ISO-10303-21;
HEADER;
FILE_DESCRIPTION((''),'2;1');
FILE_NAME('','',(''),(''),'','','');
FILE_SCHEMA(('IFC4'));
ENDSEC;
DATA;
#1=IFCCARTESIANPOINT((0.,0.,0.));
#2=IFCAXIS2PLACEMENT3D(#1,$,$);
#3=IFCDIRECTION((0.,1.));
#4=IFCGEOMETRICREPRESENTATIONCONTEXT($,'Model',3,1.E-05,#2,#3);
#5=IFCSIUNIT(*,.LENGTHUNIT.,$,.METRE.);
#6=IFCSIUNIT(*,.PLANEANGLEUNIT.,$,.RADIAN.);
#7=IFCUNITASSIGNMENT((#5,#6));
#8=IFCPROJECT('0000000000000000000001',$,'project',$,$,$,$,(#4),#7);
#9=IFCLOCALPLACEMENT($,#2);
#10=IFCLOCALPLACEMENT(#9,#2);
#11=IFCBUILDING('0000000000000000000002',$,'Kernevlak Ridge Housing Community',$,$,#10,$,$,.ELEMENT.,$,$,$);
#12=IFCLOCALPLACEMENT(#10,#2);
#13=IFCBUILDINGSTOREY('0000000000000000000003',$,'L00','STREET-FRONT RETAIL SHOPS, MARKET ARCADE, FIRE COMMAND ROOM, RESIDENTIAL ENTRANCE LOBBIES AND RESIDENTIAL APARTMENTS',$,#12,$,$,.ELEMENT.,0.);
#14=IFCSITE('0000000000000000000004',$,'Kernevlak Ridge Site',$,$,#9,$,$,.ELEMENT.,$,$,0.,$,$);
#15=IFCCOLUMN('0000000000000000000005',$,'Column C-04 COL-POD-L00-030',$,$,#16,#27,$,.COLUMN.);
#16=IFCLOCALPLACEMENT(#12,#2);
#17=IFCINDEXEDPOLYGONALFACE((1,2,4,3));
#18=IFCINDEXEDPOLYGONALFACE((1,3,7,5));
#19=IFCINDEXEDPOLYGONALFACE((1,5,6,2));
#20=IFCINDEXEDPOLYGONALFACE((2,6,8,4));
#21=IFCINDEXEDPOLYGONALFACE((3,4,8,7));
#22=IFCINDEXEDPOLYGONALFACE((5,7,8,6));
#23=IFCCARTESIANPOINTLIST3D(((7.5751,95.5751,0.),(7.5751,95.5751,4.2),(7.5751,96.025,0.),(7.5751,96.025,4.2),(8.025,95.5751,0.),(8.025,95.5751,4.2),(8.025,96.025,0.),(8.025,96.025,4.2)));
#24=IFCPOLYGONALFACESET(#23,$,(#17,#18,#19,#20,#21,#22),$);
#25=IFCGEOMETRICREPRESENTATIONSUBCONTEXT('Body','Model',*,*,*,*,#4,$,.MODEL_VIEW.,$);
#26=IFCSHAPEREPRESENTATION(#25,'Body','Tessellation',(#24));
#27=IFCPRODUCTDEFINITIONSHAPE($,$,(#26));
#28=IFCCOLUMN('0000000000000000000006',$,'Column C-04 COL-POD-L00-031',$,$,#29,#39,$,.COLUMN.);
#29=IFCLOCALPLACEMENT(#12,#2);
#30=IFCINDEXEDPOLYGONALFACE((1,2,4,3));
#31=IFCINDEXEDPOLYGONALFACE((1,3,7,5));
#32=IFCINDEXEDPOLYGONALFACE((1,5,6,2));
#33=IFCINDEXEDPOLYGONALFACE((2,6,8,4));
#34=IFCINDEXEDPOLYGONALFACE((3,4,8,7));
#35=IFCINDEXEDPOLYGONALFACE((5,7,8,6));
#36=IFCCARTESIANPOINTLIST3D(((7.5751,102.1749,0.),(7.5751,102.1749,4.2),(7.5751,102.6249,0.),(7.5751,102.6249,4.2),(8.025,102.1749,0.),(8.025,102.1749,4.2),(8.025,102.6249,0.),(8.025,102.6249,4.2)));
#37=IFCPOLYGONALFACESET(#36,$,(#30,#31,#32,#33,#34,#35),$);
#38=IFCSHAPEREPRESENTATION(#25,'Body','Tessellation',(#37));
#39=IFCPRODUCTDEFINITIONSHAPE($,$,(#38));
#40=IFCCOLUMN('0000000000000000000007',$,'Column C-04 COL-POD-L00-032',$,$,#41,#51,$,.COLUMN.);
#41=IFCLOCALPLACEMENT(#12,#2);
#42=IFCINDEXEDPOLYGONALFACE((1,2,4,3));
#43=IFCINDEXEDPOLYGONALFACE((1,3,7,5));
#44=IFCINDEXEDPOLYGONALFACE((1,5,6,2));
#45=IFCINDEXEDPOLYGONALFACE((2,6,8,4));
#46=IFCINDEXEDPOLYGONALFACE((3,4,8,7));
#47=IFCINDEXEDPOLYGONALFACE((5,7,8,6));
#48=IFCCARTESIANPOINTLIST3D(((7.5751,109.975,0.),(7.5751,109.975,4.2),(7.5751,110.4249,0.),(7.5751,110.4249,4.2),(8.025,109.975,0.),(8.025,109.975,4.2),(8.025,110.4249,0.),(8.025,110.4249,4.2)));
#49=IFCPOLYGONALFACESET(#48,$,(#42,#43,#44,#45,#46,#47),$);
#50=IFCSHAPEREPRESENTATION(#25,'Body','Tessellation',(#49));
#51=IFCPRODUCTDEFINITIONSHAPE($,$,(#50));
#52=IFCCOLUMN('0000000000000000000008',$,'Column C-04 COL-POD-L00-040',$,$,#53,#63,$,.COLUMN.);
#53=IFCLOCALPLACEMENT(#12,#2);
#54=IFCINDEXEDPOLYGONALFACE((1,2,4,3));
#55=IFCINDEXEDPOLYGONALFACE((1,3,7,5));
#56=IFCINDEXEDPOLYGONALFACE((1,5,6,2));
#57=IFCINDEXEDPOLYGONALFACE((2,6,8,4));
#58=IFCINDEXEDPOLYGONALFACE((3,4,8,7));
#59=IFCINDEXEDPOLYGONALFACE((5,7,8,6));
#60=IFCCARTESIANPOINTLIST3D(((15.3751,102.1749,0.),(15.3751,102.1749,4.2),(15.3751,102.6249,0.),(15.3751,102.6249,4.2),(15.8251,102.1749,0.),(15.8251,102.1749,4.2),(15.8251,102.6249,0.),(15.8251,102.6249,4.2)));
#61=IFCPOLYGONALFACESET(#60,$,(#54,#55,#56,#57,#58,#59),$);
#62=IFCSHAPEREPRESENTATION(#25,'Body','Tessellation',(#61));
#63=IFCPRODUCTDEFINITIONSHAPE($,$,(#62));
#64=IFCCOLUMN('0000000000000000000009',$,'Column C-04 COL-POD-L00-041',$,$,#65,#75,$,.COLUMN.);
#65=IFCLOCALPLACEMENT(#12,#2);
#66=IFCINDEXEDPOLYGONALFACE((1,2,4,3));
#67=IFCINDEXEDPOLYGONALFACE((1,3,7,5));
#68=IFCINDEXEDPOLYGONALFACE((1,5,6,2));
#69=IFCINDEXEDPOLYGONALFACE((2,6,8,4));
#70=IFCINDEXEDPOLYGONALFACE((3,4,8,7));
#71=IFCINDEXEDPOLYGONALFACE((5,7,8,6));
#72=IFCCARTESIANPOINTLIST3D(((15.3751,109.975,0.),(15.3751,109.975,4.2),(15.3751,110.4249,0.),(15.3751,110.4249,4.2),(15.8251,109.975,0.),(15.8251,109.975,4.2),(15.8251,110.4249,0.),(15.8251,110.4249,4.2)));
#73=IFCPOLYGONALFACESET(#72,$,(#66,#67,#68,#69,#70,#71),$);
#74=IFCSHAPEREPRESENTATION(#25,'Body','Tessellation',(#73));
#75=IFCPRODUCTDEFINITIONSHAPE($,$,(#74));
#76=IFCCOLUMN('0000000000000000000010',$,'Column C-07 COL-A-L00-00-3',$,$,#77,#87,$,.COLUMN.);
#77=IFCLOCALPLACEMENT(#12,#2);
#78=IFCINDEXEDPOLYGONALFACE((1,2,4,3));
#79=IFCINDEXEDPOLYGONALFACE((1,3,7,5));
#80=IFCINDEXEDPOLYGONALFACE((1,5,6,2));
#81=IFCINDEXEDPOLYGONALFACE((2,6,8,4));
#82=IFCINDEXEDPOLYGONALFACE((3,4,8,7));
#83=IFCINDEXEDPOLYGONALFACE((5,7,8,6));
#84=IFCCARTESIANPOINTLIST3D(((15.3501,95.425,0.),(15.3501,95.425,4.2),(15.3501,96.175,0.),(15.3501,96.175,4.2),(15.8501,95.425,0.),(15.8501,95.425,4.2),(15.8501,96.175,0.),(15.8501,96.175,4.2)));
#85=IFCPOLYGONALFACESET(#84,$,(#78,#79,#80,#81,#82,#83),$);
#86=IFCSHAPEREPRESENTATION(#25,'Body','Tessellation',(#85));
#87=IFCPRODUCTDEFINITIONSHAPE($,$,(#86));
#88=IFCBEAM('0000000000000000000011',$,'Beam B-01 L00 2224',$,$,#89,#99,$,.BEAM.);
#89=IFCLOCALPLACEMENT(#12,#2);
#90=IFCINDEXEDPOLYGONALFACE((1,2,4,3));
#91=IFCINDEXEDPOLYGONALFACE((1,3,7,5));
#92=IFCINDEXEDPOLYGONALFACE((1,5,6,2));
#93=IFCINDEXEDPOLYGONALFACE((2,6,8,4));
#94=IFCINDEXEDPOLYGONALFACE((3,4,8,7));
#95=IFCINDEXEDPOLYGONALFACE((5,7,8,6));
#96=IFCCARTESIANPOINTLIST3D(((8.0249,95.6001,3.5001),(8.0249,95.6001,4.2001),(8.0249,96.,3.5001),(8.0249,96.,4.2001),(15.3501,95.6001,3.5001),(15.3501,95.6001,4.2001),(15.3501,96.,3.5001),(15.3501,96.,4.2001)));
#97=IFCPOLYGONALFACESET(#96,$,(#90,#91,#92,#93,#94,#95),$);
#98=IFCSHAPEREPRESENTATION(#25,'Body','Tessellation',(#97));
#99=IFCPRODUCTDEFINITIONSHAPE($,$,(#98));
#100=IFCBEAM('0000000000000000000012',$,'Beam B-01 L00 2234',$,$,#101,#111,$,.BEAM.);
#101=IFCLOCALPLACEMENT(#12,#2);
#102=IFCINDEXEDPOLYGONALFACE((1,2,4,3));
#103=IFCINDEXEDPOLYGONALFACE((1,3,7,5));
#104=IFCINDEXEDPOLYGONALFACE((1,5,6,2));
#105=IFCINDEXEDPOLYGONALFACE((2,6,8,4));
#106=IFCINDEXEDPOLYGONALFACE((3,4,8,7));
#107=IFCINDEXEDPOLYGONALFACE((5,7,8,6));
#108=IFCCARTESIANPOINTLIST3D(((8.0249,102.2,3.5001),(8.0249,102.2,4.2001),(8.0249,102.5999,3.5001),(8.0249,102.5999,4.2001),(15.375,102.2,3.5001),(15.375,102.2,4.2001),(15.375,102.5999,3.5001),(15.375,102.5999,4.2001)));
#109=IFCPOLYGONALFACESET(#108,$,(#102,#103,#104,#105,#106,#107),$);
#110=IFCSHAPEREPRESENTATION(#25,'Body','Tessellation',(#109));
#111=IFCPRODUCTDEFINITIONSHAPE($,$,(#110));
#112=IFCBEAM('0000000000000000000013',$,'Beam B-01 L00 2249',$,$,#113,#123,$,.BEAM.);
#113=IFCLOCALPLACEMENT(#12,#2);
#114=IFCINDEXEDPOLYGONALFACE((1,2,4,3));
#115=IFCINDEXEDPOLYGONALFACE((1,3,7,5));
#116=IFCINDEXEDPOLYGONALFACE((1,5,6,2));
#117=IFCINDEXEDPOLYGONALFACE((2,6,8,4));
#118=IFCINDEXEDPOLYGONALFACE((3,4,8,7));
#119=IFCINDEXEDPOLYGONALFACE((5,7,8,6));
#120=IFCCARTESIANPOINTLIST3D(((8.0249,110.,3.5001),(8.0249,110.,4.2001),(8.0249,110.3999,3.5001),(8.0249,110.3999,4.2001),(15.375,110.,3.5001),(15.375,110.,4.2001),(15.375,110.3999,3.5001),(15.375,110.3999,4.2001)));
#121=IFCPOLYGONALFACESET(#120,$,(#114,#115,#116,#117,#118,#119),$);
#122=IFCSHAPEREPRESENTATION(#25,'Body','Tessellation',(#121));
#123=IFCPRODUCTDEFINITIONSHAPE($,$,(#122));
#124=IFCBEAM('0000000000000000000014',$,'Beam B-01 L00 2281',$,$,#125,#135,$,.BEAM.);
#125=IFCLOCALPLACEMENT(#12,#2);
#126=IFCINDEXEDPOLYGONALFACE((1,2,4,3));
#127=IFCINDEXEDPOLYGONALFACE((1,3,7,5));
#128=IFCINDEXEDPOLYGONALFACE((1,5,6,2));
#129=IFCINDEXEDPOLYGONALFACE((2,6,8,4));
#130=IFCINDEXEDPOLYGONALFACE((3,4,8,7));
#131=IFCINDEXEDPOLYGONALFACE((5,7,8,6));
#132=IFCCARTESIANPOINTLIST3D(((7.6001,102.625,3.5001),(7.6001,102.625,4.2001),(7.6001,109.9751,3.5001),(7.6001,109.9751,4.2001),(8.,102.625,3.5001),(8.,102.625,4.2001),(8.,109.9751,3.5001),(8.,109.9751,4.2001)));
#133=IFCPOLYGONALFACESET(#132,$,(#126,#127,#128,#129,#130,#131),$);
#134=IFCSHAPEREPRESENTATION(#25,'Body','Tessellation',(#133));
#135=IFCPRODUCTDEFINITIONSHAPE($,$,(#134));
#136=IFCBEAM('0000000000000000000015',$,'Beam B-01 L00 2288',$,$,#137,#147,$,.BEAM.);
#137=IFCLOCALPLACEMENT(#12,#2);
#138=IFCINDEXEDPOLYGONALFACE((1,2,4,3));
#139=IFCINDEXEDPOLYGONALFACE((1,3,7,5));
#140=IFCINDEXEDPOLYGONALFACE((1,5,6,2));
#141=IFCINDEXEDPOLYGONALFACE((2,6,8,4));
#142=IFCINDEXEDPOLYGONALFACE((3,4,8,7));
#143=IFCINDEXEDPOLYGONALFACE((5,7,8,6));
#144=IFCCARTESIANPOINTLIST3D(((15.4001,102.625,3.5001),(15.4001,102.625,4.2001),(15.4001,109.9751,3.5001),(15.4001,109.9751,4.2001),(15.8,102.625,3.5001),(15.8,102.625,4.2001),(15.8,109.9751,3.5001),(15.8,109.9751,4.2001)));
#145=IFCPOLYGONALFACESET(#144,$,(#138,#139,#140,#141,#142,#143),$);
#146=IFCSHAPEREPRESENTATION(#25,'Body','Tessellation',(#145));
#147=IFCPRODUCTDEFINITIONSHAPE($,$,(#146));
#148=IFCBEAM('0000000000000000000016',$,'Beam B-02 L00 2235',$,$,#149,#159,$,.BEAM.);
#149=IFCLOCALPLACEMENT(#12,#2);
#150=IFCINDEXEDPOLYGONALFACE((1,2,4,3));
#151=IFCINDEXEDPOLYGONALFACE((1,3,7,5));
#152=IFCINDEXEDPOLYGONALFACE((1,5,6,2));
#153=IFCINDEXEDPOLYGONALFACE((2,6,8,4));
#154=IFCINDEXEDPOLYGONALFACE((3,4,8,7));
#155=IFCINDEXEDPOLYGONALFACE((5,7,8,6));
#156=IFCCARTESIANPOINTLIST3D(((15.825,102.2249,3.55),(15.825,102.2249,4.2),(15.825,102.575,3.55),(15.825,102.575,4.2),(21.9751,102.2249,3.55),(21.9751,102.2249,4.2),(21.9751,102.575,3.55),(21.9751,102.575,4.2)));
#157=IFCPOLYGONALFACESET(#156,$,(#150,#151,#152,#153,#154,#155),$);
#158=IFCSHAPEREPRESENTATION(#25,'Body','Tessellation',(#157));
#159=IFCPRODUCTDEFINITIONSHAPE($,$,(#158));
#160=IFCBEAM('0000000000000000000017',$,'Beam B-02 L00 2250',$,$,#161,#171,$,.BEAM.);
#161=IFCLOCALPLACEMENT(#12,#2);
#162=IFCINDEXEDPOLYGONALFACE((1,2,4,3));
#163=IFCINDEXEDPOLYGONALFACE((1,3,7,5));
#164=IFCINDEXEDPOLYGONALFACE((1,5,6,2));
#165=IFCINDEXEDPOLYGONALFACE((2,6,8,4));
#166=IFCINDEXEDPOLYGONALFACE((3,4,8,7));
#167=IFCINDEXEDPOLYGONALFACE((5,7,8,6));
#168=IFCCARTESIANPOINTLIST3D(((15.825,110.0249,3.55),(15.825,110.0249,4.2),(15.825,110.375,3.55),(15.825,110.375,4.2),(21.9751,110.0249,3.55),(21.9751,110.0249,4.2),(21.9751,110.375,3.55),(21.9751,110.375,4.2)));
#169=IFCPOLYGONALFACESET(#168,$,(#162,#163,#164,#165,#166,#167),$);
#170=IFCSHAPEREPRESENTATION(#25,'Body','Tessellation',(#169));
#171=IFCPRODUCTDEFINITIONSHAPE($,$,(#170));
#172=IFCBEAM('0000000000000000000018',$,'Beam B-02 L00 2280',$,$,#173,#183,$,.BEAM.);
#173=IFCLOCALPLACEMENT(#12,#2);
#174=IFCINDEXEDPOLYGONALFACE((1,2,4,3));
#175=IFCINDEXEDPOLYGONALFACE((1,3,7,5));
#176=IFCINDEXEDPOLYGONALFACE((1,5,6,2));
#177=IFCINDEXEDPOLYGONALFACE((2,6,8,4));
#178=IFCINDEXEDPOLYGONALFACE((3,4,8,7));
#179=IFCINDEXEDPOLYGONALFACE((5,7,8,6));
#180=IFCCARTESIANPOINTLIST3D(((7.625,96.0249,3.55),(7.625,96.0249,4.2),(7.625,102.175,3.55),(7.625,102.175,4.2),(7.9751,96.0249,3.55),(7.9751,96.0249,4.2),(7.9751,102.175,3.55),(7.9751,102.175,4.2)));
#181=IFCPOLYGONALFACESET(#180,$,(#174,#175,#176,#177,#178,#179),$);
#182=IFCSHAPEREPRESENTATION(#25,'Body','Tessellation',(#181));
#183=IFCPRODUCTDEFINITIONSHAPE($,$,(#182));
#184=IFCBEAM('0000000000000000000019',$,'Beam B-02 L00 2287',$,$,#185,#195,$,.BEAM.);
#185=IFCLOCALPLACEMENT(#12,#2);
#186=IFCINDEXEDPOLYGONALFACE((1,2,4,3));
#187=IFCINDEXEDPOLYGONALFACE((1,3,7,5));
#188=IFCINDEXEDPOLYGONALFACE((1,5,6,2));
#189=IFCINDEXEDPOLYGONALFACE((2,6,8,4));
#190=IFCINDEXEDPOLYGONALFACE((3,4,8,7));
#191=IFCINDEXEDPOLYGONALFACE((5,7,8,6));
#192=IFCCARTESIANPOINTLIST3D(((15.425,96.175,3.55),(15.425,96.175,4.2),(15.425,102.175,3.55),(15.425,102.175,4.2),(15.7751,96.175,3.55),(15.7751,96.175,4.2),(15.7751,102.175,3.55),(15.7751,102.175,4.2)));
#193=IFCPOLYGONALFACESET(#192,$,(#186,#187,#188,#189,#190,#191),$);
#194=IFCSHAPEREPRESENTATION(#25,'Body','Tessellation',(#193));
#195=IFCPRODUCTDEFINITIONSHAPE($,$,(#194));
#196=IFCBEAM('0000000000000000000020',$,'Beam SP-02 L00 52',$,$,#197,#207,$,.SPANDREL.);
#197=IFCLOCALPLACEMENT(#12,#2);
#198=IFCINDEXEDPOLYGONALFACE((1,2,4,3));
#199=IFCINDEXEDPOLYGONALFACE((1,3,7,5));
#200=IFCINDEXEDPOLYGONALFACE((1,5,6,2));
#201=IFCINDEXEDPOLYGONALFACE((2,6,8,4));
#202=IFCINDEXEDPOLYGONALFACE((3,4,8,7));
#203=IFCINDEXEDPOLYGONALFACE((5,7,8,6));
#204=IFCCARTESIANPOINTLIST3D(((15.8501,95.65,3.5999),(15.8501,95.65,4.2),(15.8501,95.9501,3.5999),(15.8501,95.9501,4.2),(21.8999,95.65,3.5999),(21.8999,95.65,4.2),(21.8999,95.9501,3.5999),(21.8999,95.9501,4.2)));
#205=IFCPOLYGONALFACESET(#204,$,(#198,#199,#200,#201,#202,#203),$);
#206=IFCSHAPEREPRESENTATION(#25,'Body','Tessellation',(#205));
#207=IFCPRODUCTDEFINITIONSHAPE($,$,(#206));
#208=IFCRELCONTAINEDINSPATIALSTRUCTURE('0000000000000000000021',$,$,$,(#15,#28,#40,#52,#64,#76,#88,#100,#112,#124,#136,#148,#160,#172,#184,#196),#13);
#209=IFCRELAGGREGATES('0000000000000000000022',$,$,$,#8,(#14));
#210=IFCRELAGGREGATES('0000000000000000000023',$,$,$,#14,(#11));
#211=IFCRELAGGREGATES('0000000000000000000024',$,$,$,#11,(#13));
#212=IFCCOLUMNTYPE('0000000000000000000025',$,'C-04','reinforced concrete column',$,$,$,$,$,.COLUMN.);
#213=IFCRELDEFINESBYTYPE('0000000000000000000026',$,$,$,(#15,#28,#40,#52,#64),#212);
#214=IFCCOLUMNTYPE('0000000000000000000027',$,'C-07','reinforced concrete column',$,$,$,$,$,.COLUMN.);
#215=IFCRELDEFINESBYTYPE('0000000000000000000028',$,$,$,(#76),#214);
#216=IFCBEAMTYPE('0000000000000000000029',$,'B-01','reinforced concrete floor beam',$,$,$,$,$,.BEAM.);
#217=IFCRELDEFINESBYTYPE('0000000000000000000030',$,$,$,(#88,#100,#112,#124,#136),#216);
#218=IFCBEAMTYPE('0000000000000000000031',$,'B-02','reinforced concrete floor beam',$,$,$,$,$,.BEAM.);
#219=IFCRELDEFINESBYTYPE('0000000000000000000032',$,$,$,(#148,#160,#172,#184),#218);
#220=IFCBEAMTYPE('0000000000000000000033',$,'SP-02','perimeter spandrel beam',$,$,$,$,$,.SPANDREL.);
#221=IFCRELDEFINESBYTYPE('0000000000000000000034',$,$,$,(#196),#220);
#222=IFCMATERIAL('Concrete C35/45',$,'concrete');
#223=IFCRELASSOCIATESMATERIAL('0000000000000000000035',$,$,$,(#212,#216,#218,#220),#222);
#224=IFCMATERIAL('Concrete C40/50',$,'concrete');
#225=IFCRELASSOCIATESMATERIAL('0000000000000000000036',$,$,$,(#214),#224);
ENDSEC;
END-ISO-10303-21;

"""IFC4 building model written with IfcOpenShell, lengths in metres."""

from ifc_helpers import new_model, si_unit, direction, frame, origin, origin_2d, place, context, subcontext, project, spatial, rectangle, extrude, material, material_profile, profile_set, type_object, element, save


model = new_model("IFC4")

# Units and contexts
model_context = context("Model", 3, precision=1e-05, world=origin(), true_north=direction((0.0, 1.0)))
body_context = subcontext(model_context, "Body", "Model", "MODEL_VIEW")
ifc_project = project(units=[si_unit("LENGTHUNIT", "METRE"), si_unit("PLANEANGLEUNIT", "RADIAN")], contexts=[model_context])

# Site, building, storey
site_placement = place(None, origin())
site = spatial("IfcSite", under=ifc_project, at=site_placement, Name="Kernevlak Ridge Site", CompositionType="ELEMENT", RefElevation=0.0)
building_placement = place(site_placement, origin())
building = spatial("IfcBuilding", under=site, at=building_placement, Name="Kernevlak Ridge Housing Community", CompositionType="ELEMENT")
storey_placement = place(building_placement, origin())
storey = spatial("IfcBuildingStorey", under=building, at=storey_placement, Name="L00", Description="STREET-FRONT RETAIL SHOPS, MARKET ARCADE, FIRE COMMAND ROOM, RESIDENTIAL ENTRANCE LOBBIES AND RESIDENTIAL APARTMENTS", CompositionType="ELEMENT", Elevation=0.0)

# Columns
ifc_material_1 = material(Name="Concrete C35/45", Category="concrete")
ifc_material_profile_1 = material_profile(ifc_material_1, rectangle(XDim=0.45, YDim=0.45, at=origin_2d()), Name="RC 450x450")
ifc_profile_set_1 = profile_set([ifc_material_profile_1], Name="Concrete C35/45")
column_type_1 = type_object("IfcColumnType", Name="C-04", Description="reinforced concrete column", PredefinedType="COLUMN", material=ifc_profile_set_1)
for number, where, z_axis, x_axis, name in (
    (1, (7.8, 95.8, 0.0), (0.0, 0.0, 1.0), (1.0, 0.0, 0.0), "Column C-04 COL-POD-L00-030"),
    (2, (7.8, 102.3999, 0.0), (0.0, 0.0, 1.0), (1.0, 0.0, 0.0), "Column C-04 COL-POD-L00-031"),
    (3, (7.8, 110.2, 0.0), (0.0, 0.0, 1.0), (1.0, 0.0, 0.0), "Column C-04 COL-POD-L00-032"),
    (4, (15.6001, 102.3999, 0.0), (0.0, 0.0, 1.0), (1.0, 0.0, 0.0), "Column C-04 COL-POD-L00-040"),
    (5, (15.6001, 110.2, 0.0), (0.0, 0.0, 1.0), (1.0, 0.0, 0.0), "Column C-04 COL-POD-L00-041"),
):
    element("IfcColumn", number, at=place(storey_placement, frame(where, z_axis=z_axis, x_axis=x_axis)), inside=storey, type_object=column_type_1, Name=name, PredefinedType="COLUMN", context=body_context, shape_type="SweptSolid", body=[
        extrude(rectangle(XDim=0.45, YDim=0.45, at=origin_2d()), origin(), (0.0, 0.0, 1.0), 4.2),
    ])
ifc_material_2 = material(Name="Concrete C40/50", Category="concrete")
ifc_material_profile_2 = material_profile(ifc_material_2, rectangle(XDim=0.5, YDim=0.75, at=origin_2d()), Name="RC 500x750")
ifc_profile_set_2 = profile_set([ifc_material_profile_2], Name="Concrete C40/50")
column_type_2 = type_object("IfcColumnType", Name="C-07", Description="reinforced concrete column", PredefinedType="COLUMN", material=ifc_profile_set_2)
column_placement = place(storey_placement, frame((15.6001, 95.8, 0.0), z_axis=(0.0, 0.0, 1.0), x_axis=(1.0, 0.0, 0.0)))
element("IfcColumn", 6, at=column_placement, inside=storey, type_object=column_type_2, Name="Column C-07 COL-A-L00-00-3", PredefinedType="COLUMN", context=body_context, shape_type="SweptSolid", body=[
    extrude(rectangle(XDim=0.5, YDim=0.75, at=origin_2d()), origin(), (0.0, 0.0, 1.0), 4.2),
])

# Beams
ifc_material_profile_3 = material_profile(ifc_material_1, rectangle(XDim=0.3999, YDim=0.7, at=origin_2d()), Name="RC 400x700")
ifc_profile_set_3 = profile_set([ifc_material_profile_3], Name="Concrete C35/45")
beam_type_1 = type_object("IfcBeamType", Name="B-01", Description="reinforced concrete floor beam", PredefinedType="BEAM", material=ifc_profile_set_3)
beam_1_placement = place(storey_placement, frame((8.0249, 95.8, 3.8501), z_axis=(1.0, 0.0, 0.0), x_axis=(0.0, 1.0, 0.0)))
element("IfcBeam", 7, at=beam_1_placement, inside=storey, type_object=beam_type_1, Name="Beam B-01 L00 2224", PredefinedType="BEAM", context=body_context, shape_type="SweptSolid", body=[
    extrude(rectangle(XDim=0.3999, YDim=0.7, at=origin_2d()), origin(), (0.0, 0.0, 1.0), 7.3252),
])
for number, where, z_axis, x_axis, name in (
    (8, (8.0249, 102.3999, 3.8501), (1.0, 0.0, 0.0), (0.0, 1.0, 0.0), "Beam B-01 L00 2234"),
    (9, (8.0249, 110.2, 3.8501), (1.0, 0.0, 0.0), (0.0, 1.0, 0.0), "Beam B-01 L00 2249"),
    (10, (7.8, 102.625, 3.8501), (0.0, 1.0, 0.0), (-1.0, 0.0, 0.0), "Beam B-01 L00 2281"),
    (11, (15.6001, 102.625, 3.8501), (0.0, 1.0, 0.0), (-1.0, 0.0, 0.0), "Beam B-01 L00 2288"),
):
    element("IfcBeam", number, at=place(storey_placement, frame(where, z_axis=z_axis, x_axis=x_axis)), inside=storey, type_object=beam_type_1, Name=name, PredefinedType="BEAM", context=body_context, shape_type="SweptSolid", body=[
        extrude(rectangle(XDim=0.3999, YDim=0.7, at=origin_2d()), origin(), (0.0, 0.0, 1.0), 7.3501),
    ])
ifc_material_profile_4 = material_profile(ifc_material_1, rectangle(XDim=0.3501, YDim=0.6499, at=origin_2d()), Name="RC 350x650")
ifc_profile_set_4 = profile_set([ifc_material_profile_4], Name="Concrete C35/45")
beam_type_2 = type_object("IfcBeamType", Name="B-02", Description="reinforced concrete floor beam", PredefinedType="BEAM", material=ifc_profile_set_4)
for number, where, z_axis, x_axis, name in (
    (12, (15.825, 102.3999, 3.875), (1.0, 0.0, 0.0), (0.0, 1.0, 0.0), "Beam B-02 L00 2235"),
    (13, (15.825, 110.2, 3.875), (1.0, 0.0, 0.0), (0.0, 1.0, 0.0), "Beam B-02 L00 2250"),
    (14, (7.8, 96.0249, 3.875), (0.0, 1.0, 0.0), (-1.0, 0.0, 0.0), "Beam B-02 L00 2280"),
):
    element("IfcBeam", number, at=place(storey_placement, frame(where, z_axis=z_axis, x_axis=x_axis)), inside=storey, type_object=beam_type_2, Name=name, PredefinedType="BEAM", context=body_context, shape_type="SweptSolid", body=[
        extrude(rectangle(XDim=0.3501, YDim=0.6499, at=origin_2d()), origin(), (0.0, 0.0, 1.0), 6.1501),
    ])
beam_2_placement = place(storey_placement, frame((15.6001, 96.175, 3.875), z_axis=(0.0, 1.0, 0.0), x_axis=(-1.0, 0.0, 0.0)))
element("IfcBeam", 15, at=beam_2_placement, inside=storey, type_object=beam_type_2, Name="Beam B-02 L00 2287", PredefinedType="BEAM", context=body_context, shape_type="SweptSolid", body=[
    extrude(rectangle(XDim=0.3501, YDim=0.6499, at=origin_2d()), origin(), (0.0, 0.0, 1.0), 6.0),
])
ifc_material_profile_5 = material_profile(ifc_material_1, rectangle(XDim=0.3, YDim=0.6001, at=origin_2d()), Name="RC 300x600")
ifc_profile_set_5 = profile_set([ifc_material_profile_5], Name="Concrete C35/45")
beam_type_3 = type_object("IfcBeamType", Name="SP-02", Description="perimeter spandrel beam", PredefinedType="SPANDREL", material=ifc_profile_set_5)
beam_3_placement = place(storey_placement, frame((15.8501, 95.8, 3.8999), z_axis=(1.0, 0.0, 0.0), x_axis=(0.0, 1.0, 0.0)))
element("IfcBeam", 16, at=beam_3_placement, inside=storey, type_object=beam_type_3, Name="Beam SP-02 L00 52", PredefinedType="SPANDREL", context=body_context, shape_type="SweptSolid", body=[
    extrude(rectangle(XDim=0.3, YDim=0.6001, at=origin_2d()), origin(), (0.0, 0.0, 1.0), 6.0498),
])

save(model, "model.ifc")
